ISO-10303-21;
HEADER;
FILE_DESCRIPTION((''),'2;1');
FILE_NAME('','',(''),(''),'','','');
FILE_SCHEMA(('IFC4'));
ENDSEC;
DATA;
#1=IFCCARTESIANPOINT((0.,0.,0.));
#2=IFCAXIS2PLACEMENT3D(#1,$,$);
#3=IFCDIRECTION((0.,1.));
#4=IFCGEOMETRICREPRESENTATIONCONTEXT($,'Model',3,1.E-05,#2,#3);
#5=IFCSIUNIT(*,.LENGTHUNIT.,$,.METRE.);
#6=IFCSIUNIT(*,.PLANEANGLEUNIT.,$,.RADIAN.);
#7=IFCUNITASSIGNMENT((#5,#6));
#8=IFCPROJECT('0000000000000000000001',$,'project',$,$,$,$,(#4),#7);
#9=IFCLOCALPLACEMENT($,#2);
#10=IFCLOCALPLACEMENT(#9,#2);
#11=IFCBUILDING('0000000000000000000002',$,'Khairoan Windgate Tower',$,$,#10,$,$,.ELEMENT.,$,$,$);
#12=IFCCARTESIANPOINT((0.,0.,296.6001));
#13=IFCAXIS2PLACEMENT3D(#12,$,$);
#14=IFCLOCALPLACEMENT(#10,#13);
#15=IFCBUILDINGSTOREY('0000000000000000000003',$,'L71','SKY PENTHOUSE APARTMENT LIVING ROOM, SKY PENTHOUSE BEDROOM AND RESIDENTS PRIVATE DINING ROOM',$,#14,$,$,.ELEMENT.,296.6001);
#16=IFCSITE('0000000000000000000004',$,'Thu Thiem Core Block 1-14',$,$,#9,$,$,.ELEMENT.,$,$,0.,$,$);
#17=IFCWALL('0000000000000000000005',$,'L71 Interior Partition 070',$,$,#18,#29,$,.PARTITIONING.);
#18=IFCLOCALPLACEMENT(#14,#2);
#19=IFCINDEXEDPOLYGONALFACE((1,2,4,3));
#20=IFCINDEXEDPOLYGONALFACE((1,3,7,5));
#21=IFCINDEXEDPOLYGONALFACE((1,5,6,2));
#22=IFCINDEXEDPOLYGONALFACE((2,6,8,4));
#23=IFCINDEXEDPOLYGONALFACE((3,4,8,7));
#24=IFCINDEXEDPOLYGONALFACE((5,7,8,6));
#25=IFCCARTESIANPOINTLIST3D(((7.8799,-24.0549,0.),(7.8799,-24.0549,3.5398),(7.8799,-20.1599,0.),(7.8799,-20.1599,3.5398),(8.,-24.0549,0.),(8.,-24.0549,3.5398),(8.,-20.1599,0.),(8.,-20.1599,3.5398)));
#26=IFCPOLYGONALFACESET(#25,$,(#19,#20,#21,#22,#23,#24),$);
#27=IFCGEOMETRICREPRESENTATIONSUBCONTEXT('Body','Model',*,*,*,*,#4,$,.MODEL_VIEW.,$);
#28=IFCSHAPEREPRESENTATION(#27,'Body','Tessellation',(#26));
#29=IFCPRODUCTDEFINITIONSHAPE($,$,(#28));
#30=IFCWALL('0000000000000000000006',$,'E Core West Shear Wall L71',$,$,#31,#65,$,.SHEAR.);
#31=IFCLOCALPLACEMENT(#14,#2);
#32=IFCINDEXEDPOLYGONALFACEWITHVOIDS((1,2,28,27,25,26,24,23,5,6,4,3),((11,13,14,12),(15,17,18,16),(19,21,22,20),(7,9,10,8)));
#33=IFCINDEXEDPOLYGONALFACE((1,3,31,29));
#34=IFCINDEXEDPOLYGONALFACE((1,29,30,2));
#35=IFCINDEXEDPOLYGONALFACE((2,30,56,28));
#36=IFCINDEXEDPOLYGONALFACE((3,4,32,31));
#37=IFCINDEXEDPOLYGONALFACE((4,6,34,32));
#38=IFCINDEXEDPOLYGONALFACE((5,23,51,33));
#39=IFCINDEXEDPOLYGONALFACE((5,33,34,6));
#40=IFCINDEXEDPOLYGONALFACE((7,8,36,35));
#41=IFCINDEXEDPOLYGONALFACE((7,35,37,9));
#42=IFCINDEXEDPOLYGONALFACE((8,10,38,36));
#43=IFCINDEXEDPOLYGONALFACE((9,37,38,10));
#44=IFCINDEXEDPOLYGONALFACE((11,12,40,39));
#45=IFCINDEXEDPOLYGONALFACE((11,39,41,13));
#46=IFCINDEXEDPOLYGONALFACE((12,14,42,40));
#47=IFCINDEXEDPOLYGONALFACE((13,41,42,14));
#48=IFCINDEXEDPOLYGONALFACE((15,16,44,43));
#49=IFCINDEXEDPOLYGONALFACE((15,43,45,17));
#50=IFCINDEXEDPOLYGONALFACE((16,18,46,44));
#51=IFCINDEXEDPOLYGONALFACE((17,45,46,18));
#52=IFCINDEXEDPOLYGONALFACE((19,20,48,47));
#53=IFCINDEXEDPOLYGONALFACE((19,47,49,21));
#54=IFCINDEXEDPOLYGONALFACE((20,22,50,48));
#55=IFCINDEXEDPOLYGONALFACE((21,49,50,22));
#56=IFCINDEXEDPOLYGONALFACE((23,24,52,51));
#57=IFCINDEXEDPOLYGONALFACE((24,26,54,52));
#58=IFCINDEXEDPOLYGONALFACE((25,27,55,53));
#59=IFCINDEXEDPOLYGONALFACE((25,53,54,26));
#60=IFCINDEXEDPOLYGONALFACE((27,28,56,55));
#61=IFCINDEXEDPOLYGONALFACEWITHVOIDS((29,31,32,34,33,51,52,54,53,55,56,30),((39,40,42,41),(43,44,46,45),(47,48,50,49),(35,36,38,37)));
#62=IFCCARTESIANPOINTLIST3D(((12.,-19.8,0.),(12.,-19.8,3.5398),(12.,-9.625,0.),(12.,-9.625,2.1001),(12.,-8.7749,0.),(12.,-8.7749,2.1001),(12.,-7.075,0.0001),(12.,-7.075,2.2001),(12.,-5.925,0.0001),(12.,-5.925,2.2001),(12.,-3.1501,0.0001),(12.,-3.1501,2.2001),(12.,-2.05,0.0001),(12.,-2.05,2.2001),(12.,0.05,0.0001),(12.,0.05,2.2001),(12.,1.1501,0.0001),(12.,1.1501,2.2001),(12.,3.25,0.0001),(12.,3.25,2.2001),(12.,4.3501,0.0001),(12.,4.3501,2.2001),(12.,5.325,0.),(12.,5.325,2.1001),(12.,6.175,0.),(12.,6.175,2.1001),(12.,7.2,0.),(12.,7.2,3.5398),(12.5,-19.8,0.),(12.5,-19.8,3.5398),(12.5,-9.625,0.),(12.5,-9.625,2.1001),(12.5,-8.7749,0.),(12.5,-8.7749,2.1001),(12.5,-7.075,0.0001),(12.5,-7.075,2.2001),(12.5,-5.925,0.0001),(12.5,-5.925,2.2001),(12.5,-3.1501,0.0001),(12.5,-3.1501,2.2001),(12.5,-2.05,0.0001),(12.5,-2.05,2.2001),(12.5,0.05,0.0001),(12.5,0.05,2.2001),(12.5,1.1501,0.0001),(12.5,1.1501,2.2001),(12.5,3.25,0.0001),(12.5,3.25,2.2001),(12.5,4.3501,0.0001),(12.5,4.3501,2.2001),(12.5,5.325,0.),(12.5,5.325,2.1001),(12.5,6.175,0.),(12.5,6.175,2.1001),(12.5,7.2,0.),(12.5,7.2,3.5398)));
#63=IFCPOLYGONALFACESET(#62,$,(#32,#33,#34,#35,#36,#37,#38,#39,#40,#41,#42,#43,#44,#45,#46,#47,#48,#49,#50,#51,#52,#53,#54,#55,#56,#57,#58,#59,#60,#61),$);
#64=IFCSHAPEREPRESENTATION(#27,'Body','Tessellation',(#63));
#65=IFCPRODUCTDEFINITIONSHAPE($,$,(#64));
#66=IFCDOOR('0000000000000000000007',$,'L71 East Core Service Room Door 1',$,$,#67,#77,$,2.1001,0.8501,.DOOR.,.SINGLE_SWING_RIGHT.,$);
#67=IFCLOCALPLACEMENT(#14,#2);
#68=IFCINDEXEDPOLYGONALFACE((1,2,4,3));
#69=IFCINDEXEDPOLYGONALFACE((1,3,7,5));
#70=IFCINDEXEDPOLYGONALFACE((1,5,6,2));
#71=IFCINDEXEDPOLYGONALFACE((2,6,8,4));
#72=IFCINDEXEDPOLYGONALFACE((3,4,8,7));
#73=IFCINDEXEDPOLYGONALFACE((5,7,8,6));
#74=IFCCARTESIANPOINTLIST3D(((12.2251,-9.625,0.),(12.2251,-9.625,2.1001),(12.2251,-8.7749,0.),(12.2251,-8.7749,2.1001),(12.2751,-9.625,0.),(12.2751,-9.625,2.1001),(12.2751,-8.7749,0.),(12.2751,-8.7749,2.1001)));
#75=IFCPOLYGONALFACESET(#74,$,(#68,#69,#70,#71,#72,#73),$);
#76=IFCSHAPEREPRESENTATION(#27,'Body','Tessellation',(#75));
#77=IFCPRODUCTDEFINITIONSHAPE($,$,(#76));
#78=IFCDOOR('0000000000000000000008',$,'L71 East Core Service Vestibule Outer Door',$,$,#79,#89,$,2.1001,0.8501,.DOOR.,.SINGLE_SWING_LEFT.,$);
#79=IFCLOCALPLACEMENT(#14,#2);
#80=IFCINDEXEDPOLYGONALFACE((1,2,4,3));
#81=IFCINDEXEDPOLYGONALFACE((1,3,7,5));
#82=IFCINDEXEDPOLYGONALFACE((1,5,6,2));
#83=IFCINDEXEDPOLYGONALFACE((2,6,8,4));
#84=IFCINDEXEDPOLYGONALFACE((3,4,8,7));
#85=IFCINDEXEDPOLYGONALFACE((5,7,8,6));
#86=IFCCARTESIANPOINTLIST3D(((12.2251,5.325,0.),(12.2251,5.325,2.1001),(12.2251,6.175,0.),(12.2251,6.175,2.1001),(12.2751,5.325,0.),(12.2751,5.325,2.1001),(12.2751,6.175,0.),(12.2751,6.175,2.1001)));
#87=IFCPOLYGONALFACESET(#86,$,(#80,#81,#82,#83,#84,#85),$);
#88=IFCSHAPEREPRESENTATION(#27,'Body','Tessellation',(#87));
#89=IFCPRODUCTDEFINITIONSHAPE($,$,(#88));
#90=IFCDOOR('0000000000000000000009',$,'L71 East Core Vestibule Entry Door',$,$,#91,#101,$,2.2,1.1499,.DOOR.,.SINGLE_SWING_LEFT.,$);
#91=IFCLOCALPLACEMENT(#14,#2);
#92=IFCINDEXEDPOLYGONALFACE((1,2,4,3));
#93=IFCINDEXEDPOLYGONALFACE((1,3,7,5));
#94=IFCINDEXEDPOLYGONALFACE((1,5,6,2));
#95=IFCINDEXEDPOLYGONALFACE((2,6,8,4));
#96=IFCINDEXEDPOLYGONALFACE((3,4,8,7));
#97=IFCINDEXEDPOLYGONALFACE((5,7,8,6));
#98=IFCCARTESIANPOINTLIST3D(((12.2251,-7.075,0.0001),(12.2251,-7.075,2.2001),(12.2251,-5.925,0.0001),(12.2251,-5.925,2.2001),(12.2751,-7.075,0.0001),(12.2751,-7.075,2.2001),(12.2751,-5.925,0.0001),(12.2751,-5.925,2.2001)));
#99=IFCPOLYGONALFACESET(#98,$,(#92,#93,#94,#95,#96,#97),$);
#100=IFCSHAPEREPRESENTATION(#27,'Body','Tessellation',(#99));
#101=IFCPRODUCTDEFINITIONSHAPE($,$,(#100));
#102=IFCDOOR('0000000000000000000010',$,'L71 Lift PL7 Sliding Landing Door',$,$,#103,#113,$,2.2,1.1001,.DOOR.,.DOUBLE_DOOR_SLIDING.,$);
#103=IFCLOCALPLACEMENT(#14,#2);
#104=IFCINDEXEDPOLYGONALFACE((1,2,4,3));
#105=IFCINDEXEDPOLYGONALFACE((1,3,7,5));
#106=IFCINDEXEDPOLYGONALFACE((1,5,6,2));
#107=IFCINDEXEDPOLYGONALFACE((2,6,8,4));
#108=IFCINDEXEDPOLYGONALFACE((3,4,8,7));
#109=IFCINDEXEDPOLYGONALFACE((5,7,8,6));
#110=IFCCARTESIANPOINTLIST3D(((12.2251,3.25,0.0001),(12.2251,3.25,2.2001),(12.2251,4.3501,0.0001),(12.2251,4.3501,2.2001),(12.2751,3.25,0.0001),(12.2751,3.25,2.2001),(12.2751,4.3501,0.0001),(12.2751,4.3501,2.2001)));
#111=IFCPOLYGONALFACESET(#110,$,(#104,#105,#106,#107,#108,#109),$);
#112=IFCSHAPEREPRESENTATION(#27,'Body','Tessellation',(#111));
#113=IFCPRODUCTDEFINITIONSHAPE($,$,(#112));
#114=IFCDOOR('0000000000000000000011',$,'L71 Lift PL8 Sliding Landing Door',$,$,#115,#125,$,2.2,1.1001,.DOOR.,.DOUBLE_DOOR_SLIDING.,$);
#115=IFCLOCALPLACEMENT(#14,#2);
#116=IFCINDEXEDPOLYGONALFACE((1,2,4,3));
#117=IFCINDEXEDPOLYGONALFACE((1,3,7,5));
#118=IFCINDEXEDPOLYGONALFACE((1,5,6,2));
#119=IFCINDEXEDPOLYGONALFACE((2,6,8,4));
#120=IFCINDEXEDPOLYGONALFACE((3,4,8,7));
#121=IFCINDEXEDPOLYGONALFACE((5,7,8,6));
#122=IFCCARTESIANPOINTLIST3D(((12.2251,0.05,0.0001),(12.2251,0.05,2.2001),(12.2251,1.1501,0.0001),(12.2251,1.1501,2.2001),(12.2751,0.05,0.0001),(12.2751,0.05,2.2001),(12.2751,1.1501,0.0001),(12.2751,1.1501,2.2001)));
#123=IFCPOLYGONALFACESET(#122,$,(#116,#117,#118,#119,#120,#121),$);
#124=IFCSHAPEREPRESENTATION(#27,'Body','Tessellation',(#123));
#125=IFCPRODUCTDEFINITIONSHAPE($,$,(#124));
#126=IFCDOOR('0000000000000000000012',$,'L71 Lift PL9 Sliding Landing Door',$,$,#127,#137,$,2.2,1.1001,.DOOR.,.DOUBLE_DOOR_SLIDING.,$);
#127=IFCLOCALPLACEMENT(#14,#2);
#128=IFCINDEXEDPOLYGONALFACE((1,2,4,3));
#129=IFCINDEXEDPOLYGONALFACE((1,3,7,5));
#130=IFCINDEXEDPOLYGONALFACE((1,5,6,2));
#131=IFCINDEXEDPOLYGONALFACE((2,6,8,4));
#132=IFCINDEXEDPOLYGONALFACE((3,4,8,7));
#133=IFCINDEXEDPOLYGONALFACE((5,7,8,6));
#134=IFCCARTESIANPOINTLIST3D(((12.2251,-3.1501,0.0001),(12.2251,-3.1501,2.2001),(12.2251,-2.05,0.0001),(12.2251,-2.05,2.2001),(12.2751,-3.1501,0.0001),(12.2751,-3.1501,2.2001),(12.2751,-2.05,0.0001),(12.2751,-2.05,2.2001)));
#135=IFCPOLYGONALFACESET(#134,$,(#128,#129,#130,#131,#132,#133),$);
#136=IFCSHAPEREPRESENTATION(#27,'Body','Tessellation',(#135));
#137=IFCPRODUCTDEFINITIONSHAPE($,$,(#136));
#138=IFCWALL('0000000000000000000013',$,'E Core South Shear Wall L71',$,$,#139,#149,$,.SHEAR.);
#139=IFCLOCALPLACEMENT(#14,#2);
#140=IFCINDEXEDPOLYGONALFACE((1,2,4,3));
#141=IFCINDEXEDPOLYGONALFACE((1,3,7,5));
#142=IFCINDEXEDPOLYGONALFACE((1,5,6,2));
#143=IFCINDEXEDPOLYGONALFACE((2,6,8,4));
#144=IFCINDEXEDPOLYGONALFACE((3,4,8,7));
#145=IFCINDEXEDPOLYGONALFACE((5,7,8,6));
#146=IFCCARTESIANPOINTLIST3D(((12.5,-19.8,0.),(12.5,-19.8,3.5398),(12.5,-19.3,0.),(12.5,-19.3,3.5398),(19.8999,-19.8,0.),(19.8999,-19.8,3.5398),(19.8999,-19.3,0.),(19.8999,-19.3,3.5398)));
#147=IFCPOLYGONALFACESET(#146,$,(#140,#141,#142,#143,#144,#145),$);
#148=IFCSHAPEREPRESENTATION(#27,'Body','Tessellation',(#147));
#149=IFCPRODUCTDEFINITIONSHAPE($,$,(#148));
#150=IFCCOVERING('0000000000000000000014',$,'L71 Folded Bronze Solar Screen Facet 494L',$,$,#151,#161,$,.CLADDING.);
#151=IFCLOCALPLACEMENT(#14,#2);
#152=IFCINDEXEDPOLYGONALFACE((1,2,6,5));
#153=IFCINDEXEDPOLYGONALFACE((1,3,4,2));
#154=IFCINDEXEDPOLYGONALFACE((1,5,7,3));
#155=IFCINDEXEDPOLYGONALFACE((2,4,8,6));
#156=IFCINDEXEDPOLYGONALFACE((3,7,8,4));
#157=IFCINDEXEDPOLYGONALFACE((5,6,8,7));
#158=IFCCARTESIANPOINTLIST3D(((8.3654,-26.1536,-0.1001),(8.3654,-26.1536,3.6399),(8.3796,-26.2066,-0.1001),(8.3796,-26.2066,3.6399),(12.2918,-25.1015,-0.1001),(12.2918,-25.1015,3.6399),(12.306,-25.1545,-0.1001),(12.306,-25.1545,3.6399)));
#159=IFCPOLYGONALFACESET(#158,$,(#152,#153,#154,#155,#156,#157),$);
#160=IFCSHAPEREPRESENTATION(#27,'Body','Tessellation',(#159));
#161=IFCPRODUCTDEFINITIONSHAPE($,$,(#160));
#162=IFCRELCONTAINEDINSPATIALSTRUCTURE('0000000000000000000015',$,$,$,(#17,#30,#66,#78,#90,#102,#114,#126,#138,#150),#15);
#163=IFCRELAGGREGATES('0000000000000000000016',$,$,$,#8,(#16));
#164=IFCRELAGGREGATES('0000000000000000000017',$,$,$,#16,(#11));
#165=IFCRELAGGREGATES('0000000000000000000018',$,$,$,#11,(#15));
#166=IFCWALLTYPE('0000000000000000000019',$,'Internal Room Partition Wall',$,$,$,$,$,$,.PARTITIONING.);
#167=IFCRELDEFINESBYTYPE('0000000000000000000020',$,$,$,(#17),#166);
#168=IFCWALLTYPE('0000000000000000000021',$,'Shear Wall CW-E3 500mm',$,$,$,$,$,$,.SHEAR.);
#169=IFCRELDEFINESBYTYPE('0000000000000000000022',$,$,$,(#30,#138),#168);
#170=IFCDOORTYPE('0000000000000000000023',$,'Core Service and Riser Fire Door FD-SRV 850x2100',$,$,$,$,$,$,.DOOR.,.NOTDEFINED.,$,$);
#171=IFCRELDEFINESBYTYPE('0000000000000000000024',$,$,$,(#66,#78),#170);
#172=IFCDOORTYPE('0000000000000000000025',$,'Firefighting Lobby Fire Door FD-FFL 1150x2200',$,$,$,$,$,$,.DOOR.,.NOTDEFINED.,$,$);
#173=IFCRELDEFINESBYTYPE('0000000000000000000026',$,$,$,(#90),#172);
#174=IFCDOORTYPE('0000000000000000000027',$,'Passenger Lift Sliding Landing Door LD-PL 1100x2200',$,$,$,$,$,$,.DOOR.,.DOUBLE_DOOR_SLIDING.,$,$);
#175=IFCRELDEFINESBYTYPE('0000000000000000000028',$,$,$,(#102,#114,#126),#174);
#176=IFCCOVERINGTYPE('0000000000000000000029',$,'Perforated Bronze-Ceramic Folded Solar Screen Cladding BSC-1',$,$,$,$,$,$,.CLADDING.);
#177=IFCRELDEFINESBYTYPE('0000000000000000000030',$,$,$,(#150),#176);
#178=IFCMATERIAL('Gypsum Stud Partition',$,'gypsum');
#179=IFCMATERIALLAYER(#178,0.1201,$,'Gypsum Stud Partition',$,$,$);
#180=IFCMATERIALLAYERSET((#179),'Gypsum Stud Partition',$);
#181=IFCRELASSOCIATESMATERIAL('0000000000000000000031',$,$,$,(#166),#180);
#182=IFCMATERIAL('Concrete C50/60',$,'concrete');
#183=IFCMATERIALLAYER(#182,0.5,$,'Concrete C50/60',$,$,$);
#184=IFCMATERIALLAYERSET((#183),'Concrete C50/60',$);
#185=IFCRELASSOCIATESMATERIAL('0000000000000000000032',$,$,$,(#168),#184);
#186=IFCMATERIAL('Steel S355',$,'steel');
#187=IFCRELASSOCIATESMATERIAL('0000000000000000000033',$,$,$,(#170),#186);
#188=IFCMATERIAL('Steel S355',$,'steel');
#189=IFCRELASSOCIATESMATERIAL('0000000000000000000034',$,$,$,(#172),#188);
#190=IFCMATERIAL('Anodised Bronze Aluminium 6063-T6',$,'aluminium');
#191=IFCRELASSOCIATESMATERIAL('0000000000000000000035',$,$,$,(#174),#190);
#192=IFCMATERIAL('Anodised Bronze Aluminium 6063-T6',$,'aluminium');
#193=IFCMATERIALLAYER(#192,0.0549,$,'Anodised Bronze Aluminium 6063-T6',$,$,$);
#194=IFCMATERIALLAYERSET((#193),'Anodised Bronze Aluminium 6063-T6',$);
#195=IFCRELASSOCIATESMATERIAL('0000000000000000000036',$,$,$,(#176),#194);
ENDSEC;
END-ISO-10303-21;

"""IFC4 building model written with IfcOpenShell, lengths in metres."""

from ifc_helpers import new_model, si_unit, direction, frame, frame_2d, origin, origin_2d, place, context, subcontext, project, spatial, rectangle, extrude, material, layer, layer_set, type_object, element, fill, save


model = new_model("IFC4")

# Units and contexts
model_context = context("Model", 3, precision=1e-05, world=origin(), true_north=direction((0.0, 1.0)))
body_context = subcontext(model_context, "Body", "Model", "MODEL_VIEW")
ifc_project = project(units=[si_unit("LENGTHUNIT", "METRE"), si_unit("PLANEANGLEUNIT", "RADIAN")], contexts=[model_context])

# Site, building, storey
site_placement = place(None, origin())
site = spatial("IfcSite", under=ifc_project, at=site_placement, Name="Thu Thiem Core Block 1-14", CompositionType="ELEMENT", RefElevation=0.0)
building_placement = place(site_placement, origin())
building = spatial("IfcBuilding", under=site, at=building_placement, Name="Khairoan Windgate Tower", CompositionType="ELEMENT")
storey_placement = place(building_placement, frame((0.0, 0.0, 296.6001)))
storey = spatial("IfcBuildingStorey", under=building, at=storey_placement, Name="L71", Description="SKY PENTHOUSE APARTMENT LIVING ROOM, SKY PENTHOUSE BEDROOM AND RESIDENTS PRIVATE DINING ROOM", CompositionType="ELEMENT", Elevation=296.6001)

# Shared definitions
ifc_material_1 = material(Name="Gypsum Stud Partition", Category="gypsum")
ifc_layer_1 = layer(ifc_material_1, 0.1201, Name="Gypsum Stud Partition")
ifc_layer_set_1 = layer_set([ifc_layer_1], Name="Gypsum Stud Partition")
wall_type_1 = type_object("IfcWallType", Name="Internal Room Partition Wall", PredefinedType="PARTITIONING", material=ifc_layer_set_1)

# Wall
wall_1_placement = place(storey_placement, frame((7.9399, -24.0549, 0.0), z_axis=(0.0, 0.0, 1.0), x_axis=(0.0, 1.0, 0.0)))
element("IfcWall", 1, at=wall_1_placement, inside=storey, type_object=wall_type_1, Name="L71 Interior Partition 070", PredefinedType="PARTITIONING", context=body_context, shape_type="SweptSolid", body=[
    extrude(rectangle(XDim=3.895, YDim=0.1201, at=frame_2d((1.9475, 0.0))), origin(), (0.0, 0.0, 1.0), 3.5398),
])

# Wall, openings, doors
ifc_material_2 = material(Name="Concrete C50/60", Category="concrete")
ifc_layer_2 = layer(ifc_material_2, 0.5, Name="Concrete C50/60")
ifc_layer_set_2 = layer_set([ifc_layer_2], Name="Concrete C50/60")
wall_type_2 = type_object("IfcWallType", Name="Shear Wall CW-E3 500mm", PredefinedType="SHEAR", material=ifc_layer_set_2)
wall_2_placement = place(storey_placement, frame((12.25, -19.8, 0.0), z_axis=(0.0, 0.0, 1.0), x_axis=(0.0, 1.0, 0.0)))
wall_2 = element("IfcWall", 2, at=wall_2_placement, inside=storey, type_object=wall_type_2, Name="E Core West Shear Wall L71", PredefinedType="SHEAR", context=body_context, shape_type="SweptSolid", body=[
    extrude(rectangle(XDim=27.0, YDim=0.5, at=frame_2d((13.5, 0.0))), origin(), (0.0, 0.0, 1.0), 3.5398),
])
opening_1_placement = place(wall_2_placement, frame((23.05, 0.0, 0.0)))
opening_1 = element("IfcOpeningElement", 3, at=opening_1_placement, cuts=wall_2, PredefinedType="OPENING", context=body_context, shape_type="SweptSolid", body=[
    extrude(rectangle(XDim=1.1001, YDim=2.2, at=frame_2d((0.55, 1.1001))), frame((0.0, 0.26, 0.0), z_axis=(0.0, -1.0, 0.0), x_axis=(1.0, 0.0, 0.0)), (0.0, 0.0, 1.0), 0.52),
])
opening_2_placement = place(wall_2_placement, frame((19.8501, 0.0, 0.0)))
opening_2 = element("IfcOpeningElement", 4, at=opening_2_placement, cuts=wall_2, PredefinedType="OPENING", context=body_context, shape_type="SweptSolid", body=[
    extrude(rectangle(XDim=1.1001, YDim=2.2, at=frame_2d((0.55, 1.1001))), frame((0.0, 0.26, 0.0), z_axis=(0.0, -1.0, 0.0), x_axis=(1.0, 0.0, 0.0)), (0.0, 0.0, 1.0), 0.52),
])
opening_3_placement = place(wall_2_placement, frame((16.6499, 0.0, 0.0)))
opening_3 = element("IfcOpeningElement", 5, at=opening_3_placement, cuts=wall_2, PredefinedType="OPENING", context=body_context, shape_type="SweptSolid", body=[
    extrude(rectangle(XDim=1.1001, YDim=2.2, at=frame_2d((0.55, 1.1001))), frame((0.0, 0.26, 0.0), z_axis=(0.0, -1.0, 0.0), x_axis=(1.0, 0.0, 0.0)), (0.0, 0.0, 1.0), 0.52),
])
opening_4_placement = place(wall_2_placement, frame((10.175, 0.0, 0.0)))
opening_4 = element("IfcOpeningElement", 6, at=opening_4_placement, cuts=wall_2, PredefinedType="OPENING", context=body_context, shape_type="SweptSolid", body=[
    extrude(rectangle(XDim=0.8501, YDim=2.1001, at=frame_2d((0.425, 1.05))), frame((0.0, 0.26, 0.0), z_axis=(0.0, -1.0, 0.0), x_axis=(1.0, 0.0, 0.0)), (0.0, 0.0, 1.0), 0.52),
])
opening_5_placement = place(wall_2_placement, frame((12.7251, 0.0, 0.0)))
opening_5 = element("IfcOpeningElement", 7, at=opening_5_placement, cuts=wall_2, PredefinedType="OPENING", context=body_context, shape_type="SweptSolid", body=[
    extrude(rectangle(XDim=1.1499, YDim=2.2, at=frame_2d((0.575, 1.1001))), frame((0.0, 0.26, 0.0), z_axis=(0.0, -1.0, 0.0), x_axis=(1.0, 0.0, 0.0)), (0.0, 0.0, 1.0), 0.52),
])
opening_6_placement = place(wall_2_placement, frame((25.125, 0.0, 0.0)))
opening_6 = element("IfcOpeningElement", 8, at=opening_6_placement, cuts=wall_2, PredefinedType="OPENING", context=body_context, shape_type="SweptSolid", body=[
    extrude(rectangle(XDim=0.8501, YDim=2.1001, at=frame_2d((0.425, 1.05))), frame((0.0, 0.26, 0.0), z_axis=(0.0, -1.0, 0.0), x_axis=(1.0, 0.0, 0.0)), (0.0, 0.0, 1.0), 0.52),
])
ifc_material_3 = material(Name="Steel S355", Category="steel")
door_type_1 = type_object("IfcDoorType", Name="Core Service and Riser Fire Door FD-SRV 850x2100", OperationType="NOTDEFINED", PredefinedType="DOOR", material=ifc_material_3)
door_1_placement = place(opening_4_placement, origin())
door_1 = element("IfcDoor", 9, at=door_1_placement, inside=storey, type_object=door_type_1, Name="L71 East Core Service Room Door 1", OperationType="SINGLE_SWING_RIGHT", OverallHeight=2.1001, OverallWidth=0.8501, PredefinedType="DOOR", context=body_context, shape_type="SweptSolid", body=[
    extrude(rectangle(XDim=0.8501, YDim=2.1001, at=frame_2d((0.425, 1.05))), frame((0.0, 0.0249, 0.0), z_axis=(0.0, -1.0, 0.0), x_axis=(1.0, 0.0, 0.0)), (0.0, 0.0, 1.0), 0.05),
])
fill(opening_4, door_1)
door_2_placement = place(opening_6_placement, origin())
door_2 = element("IfcDoor", 10, at=door_2_placement, inside=storey, type_object=door_type_1, Name="L71 East Core Service Vestibule Outer Door", OperationType="SINGLE_SWING_LEFT", OverallHeight=2.1001, OverallWidth=0.8501, PredefinedType="DOOR", context=body_context, shape_type="SweptSolid", body=[
    extrude(rectangle(XDim=0.8501, YDim=2.1001, at=frame_2d((0.425, 1.05))), frame((0.0, 0.0249, 0.0), z_axis=(0.0, -1.0, 0.0), x_axis=(1.0, 0.0, 0.0)), (0.0, 0.0, 1.0), 0.05),
])
fill(opening_6, door_2)
ifc_material_4 = material(Name="Steel S355", Category="steel")
door_type_2 = type_object("IfcDoorType", Name="Firefighting Lobby Fire Door FD-FFL 1150x2200", OperationType="NOTDEFINED", PredefinedType="DOOR", material=ifc_material_4)
door_3_placement = place(opening_5_placement, origin())
door_3 = element("IfcDoor", 11, at=door_3_placement, inside=storey, type_object=door_type_2, Name="L71 East Core Vestibule Entry Door", OperationType="SINGLE_SWING_LEFT", OverallHeight=2.2, OverallWidth=1.1499, PredefinedType="DOOR", context=body_context, shape_type="SweptSolid", body=[
    extrude(rectangle(XDim=1.1499, YDim=2.2, at=frame_2d((0.575, 1.1001))), frame((0.0, 0.0249, 0.0), z_axis=(0.0, -1.0, 0.0), x_axis=(1.0, 0.0, 0.0)), (0.0, 0.0, 1.0), 0.05),
])
fill(opening_5, door_3)
ifc_material_5 = material(Name="Anodised Bronze Aluminium 6063-T6", Category="aluminium")
door_type_3 = type_object("IfcDoorType", Name="Passenger Lift Sliding Landing Door LD-PL 1100x2200", OperationType="DOUBLE_DOOR_SLIDING", PredefinedType="DOOR", material=ifc_material_5)
door_4_placement = place(opening_1_placement, origin())
door_4 = element("IfcDoor", 12, at=door_4_placement, inside=storey, type_object=door_type_3, Name="L71 Lift PL7 Sliding Landing Door", OperationType="DOUBLE_DOOR_SLIDING", OverallHeight=2.2, OverallWidth=1.1001, PredefinedType="DOOR", context=body_context, shape_type="SweptSolid", body=[
    extrude(rectangle(XDim=1.1001, YDim=2.2, at=frame_2d((0.55, 1.1001))), frame((0.0, 0.0249, 0.0), z_axis=(0.0, -1.0, 0.0), x_axis=(1.0, 0.0, 0.0)), (0.0, 0.0, 1.0), 0.05),
])
fill(opening_1, door_4)
door_5_placement = place(opening_2_placement, origin())
door_5 = element("IfcDoor", 13, at=door_5_placement, inside=storey, type_object=door_type_3, Name="L71 Lift PL8 Sliding Landing Door", OperationType="DOUBLE_DOOR_SLIDING", OverallHeight=2.2, OverallWidth=1.1001, PredefinedType="DOOR", context=body_context, shape_type="SweptSolid", body=[
    extrude(rectangle(XDim=1.1001, YDim=2.2, at=frame_2d((0.55, 1.1001))), frame((0.0, 0.0249, 0.0), z_axis=(0.0, -1.0, 0.0), x_axis=(1.0, 0.0, 0.0)), (0.0, 0.0, 1.0), 0.05),
])
fill(opening_2, door_5)
door_6_placement = place(opening_3_placement, origin())
door_6 = element("IfcDoor", 14, at=door_6_placement, inside=storey, type_object=door_type_3, Name="L71 Lift PL9 Sliding Landing Door", OperationType="DOUBLE_DOOR_SLIDING", OverallHeight=2.2, OverallWidth=1.1001, PredefinedType="DOOR", context=body_context, shape_type="SweptSolid", body=[
    extrude(rectangle(XDim=1.1001, YDim=2.2, at=frame_2d((0.55, 1.1001))), frame((0.0, 0.0249, 0.0), z_axis=(0.0, -1.0, 0.0), x_axis=(1.0, 0.0, 0.0)), (0.0, 0.0, 1.0), 0.05),
])
fill(opening_3, door_6)

# Wall
wall_3_placement = place(storey_placement, frame((12.5, -19.55, 0.0), z_axis=(0.0, 0.0, 1.0), x_axis=(1.0, 0.0, 0.0)))
element("IfcWall", 15, at=wall_3_placement, inside=storey, type_object=wall_type_2, Name="E Core South Shear Wall L71", PredefinedType="SHEAR", context=body_context, shape_type="SweptSolid", body=[
    extrude(rectangle(XDim=7.3999, YDim=0.5, at=frame_2d((3.7, 0.0))), origin(), (0.0, 0.0, 1.0), 3.5398),
])

# Covering
ifc_material_6 = material(Name="Anodised Bronze Aluminium 6063-T6", Category="aluminium")
ifc_layer_3 = layer(ifc_material_6, 0.0549, Name="Anodised Bronze Aluminium 6063-T6")
ifc_layer_set_3 = layer_set([ifc_layer_3], Name="Anodised Bronze Aluminium 6063-T6")
covering_type = type_object("IfcCoveringType", Name="Perforated Bronze-Ceramic Folded Solar Screen Cladding BSC-1", PredefinedType="CLADDING", material=ifc_layer_set_3)
covering_placement = place(storey_placement, frame((10.3357, -25.6541, -0.1001), z_axis=(0.0, 0.0, 1.0), x_axis=(-0.965926, -0.258819, 0.0)))
element("IfcCovering", 16, at=covering_placement, inside=storey, type_object=covering_type, Name="L71 Folded Bronze Solar Screen Facet 494L", PredefinedType="CLADDING", context=body_context, shape_type="SweptSolid", body=[
    extrude(rectangle(XDim=4.0649, YDim=0.0549, at=origin_2d()), origin(), (0.0, 0.0, 1.0), 3.74),
])

save(model, "model.ifc")
